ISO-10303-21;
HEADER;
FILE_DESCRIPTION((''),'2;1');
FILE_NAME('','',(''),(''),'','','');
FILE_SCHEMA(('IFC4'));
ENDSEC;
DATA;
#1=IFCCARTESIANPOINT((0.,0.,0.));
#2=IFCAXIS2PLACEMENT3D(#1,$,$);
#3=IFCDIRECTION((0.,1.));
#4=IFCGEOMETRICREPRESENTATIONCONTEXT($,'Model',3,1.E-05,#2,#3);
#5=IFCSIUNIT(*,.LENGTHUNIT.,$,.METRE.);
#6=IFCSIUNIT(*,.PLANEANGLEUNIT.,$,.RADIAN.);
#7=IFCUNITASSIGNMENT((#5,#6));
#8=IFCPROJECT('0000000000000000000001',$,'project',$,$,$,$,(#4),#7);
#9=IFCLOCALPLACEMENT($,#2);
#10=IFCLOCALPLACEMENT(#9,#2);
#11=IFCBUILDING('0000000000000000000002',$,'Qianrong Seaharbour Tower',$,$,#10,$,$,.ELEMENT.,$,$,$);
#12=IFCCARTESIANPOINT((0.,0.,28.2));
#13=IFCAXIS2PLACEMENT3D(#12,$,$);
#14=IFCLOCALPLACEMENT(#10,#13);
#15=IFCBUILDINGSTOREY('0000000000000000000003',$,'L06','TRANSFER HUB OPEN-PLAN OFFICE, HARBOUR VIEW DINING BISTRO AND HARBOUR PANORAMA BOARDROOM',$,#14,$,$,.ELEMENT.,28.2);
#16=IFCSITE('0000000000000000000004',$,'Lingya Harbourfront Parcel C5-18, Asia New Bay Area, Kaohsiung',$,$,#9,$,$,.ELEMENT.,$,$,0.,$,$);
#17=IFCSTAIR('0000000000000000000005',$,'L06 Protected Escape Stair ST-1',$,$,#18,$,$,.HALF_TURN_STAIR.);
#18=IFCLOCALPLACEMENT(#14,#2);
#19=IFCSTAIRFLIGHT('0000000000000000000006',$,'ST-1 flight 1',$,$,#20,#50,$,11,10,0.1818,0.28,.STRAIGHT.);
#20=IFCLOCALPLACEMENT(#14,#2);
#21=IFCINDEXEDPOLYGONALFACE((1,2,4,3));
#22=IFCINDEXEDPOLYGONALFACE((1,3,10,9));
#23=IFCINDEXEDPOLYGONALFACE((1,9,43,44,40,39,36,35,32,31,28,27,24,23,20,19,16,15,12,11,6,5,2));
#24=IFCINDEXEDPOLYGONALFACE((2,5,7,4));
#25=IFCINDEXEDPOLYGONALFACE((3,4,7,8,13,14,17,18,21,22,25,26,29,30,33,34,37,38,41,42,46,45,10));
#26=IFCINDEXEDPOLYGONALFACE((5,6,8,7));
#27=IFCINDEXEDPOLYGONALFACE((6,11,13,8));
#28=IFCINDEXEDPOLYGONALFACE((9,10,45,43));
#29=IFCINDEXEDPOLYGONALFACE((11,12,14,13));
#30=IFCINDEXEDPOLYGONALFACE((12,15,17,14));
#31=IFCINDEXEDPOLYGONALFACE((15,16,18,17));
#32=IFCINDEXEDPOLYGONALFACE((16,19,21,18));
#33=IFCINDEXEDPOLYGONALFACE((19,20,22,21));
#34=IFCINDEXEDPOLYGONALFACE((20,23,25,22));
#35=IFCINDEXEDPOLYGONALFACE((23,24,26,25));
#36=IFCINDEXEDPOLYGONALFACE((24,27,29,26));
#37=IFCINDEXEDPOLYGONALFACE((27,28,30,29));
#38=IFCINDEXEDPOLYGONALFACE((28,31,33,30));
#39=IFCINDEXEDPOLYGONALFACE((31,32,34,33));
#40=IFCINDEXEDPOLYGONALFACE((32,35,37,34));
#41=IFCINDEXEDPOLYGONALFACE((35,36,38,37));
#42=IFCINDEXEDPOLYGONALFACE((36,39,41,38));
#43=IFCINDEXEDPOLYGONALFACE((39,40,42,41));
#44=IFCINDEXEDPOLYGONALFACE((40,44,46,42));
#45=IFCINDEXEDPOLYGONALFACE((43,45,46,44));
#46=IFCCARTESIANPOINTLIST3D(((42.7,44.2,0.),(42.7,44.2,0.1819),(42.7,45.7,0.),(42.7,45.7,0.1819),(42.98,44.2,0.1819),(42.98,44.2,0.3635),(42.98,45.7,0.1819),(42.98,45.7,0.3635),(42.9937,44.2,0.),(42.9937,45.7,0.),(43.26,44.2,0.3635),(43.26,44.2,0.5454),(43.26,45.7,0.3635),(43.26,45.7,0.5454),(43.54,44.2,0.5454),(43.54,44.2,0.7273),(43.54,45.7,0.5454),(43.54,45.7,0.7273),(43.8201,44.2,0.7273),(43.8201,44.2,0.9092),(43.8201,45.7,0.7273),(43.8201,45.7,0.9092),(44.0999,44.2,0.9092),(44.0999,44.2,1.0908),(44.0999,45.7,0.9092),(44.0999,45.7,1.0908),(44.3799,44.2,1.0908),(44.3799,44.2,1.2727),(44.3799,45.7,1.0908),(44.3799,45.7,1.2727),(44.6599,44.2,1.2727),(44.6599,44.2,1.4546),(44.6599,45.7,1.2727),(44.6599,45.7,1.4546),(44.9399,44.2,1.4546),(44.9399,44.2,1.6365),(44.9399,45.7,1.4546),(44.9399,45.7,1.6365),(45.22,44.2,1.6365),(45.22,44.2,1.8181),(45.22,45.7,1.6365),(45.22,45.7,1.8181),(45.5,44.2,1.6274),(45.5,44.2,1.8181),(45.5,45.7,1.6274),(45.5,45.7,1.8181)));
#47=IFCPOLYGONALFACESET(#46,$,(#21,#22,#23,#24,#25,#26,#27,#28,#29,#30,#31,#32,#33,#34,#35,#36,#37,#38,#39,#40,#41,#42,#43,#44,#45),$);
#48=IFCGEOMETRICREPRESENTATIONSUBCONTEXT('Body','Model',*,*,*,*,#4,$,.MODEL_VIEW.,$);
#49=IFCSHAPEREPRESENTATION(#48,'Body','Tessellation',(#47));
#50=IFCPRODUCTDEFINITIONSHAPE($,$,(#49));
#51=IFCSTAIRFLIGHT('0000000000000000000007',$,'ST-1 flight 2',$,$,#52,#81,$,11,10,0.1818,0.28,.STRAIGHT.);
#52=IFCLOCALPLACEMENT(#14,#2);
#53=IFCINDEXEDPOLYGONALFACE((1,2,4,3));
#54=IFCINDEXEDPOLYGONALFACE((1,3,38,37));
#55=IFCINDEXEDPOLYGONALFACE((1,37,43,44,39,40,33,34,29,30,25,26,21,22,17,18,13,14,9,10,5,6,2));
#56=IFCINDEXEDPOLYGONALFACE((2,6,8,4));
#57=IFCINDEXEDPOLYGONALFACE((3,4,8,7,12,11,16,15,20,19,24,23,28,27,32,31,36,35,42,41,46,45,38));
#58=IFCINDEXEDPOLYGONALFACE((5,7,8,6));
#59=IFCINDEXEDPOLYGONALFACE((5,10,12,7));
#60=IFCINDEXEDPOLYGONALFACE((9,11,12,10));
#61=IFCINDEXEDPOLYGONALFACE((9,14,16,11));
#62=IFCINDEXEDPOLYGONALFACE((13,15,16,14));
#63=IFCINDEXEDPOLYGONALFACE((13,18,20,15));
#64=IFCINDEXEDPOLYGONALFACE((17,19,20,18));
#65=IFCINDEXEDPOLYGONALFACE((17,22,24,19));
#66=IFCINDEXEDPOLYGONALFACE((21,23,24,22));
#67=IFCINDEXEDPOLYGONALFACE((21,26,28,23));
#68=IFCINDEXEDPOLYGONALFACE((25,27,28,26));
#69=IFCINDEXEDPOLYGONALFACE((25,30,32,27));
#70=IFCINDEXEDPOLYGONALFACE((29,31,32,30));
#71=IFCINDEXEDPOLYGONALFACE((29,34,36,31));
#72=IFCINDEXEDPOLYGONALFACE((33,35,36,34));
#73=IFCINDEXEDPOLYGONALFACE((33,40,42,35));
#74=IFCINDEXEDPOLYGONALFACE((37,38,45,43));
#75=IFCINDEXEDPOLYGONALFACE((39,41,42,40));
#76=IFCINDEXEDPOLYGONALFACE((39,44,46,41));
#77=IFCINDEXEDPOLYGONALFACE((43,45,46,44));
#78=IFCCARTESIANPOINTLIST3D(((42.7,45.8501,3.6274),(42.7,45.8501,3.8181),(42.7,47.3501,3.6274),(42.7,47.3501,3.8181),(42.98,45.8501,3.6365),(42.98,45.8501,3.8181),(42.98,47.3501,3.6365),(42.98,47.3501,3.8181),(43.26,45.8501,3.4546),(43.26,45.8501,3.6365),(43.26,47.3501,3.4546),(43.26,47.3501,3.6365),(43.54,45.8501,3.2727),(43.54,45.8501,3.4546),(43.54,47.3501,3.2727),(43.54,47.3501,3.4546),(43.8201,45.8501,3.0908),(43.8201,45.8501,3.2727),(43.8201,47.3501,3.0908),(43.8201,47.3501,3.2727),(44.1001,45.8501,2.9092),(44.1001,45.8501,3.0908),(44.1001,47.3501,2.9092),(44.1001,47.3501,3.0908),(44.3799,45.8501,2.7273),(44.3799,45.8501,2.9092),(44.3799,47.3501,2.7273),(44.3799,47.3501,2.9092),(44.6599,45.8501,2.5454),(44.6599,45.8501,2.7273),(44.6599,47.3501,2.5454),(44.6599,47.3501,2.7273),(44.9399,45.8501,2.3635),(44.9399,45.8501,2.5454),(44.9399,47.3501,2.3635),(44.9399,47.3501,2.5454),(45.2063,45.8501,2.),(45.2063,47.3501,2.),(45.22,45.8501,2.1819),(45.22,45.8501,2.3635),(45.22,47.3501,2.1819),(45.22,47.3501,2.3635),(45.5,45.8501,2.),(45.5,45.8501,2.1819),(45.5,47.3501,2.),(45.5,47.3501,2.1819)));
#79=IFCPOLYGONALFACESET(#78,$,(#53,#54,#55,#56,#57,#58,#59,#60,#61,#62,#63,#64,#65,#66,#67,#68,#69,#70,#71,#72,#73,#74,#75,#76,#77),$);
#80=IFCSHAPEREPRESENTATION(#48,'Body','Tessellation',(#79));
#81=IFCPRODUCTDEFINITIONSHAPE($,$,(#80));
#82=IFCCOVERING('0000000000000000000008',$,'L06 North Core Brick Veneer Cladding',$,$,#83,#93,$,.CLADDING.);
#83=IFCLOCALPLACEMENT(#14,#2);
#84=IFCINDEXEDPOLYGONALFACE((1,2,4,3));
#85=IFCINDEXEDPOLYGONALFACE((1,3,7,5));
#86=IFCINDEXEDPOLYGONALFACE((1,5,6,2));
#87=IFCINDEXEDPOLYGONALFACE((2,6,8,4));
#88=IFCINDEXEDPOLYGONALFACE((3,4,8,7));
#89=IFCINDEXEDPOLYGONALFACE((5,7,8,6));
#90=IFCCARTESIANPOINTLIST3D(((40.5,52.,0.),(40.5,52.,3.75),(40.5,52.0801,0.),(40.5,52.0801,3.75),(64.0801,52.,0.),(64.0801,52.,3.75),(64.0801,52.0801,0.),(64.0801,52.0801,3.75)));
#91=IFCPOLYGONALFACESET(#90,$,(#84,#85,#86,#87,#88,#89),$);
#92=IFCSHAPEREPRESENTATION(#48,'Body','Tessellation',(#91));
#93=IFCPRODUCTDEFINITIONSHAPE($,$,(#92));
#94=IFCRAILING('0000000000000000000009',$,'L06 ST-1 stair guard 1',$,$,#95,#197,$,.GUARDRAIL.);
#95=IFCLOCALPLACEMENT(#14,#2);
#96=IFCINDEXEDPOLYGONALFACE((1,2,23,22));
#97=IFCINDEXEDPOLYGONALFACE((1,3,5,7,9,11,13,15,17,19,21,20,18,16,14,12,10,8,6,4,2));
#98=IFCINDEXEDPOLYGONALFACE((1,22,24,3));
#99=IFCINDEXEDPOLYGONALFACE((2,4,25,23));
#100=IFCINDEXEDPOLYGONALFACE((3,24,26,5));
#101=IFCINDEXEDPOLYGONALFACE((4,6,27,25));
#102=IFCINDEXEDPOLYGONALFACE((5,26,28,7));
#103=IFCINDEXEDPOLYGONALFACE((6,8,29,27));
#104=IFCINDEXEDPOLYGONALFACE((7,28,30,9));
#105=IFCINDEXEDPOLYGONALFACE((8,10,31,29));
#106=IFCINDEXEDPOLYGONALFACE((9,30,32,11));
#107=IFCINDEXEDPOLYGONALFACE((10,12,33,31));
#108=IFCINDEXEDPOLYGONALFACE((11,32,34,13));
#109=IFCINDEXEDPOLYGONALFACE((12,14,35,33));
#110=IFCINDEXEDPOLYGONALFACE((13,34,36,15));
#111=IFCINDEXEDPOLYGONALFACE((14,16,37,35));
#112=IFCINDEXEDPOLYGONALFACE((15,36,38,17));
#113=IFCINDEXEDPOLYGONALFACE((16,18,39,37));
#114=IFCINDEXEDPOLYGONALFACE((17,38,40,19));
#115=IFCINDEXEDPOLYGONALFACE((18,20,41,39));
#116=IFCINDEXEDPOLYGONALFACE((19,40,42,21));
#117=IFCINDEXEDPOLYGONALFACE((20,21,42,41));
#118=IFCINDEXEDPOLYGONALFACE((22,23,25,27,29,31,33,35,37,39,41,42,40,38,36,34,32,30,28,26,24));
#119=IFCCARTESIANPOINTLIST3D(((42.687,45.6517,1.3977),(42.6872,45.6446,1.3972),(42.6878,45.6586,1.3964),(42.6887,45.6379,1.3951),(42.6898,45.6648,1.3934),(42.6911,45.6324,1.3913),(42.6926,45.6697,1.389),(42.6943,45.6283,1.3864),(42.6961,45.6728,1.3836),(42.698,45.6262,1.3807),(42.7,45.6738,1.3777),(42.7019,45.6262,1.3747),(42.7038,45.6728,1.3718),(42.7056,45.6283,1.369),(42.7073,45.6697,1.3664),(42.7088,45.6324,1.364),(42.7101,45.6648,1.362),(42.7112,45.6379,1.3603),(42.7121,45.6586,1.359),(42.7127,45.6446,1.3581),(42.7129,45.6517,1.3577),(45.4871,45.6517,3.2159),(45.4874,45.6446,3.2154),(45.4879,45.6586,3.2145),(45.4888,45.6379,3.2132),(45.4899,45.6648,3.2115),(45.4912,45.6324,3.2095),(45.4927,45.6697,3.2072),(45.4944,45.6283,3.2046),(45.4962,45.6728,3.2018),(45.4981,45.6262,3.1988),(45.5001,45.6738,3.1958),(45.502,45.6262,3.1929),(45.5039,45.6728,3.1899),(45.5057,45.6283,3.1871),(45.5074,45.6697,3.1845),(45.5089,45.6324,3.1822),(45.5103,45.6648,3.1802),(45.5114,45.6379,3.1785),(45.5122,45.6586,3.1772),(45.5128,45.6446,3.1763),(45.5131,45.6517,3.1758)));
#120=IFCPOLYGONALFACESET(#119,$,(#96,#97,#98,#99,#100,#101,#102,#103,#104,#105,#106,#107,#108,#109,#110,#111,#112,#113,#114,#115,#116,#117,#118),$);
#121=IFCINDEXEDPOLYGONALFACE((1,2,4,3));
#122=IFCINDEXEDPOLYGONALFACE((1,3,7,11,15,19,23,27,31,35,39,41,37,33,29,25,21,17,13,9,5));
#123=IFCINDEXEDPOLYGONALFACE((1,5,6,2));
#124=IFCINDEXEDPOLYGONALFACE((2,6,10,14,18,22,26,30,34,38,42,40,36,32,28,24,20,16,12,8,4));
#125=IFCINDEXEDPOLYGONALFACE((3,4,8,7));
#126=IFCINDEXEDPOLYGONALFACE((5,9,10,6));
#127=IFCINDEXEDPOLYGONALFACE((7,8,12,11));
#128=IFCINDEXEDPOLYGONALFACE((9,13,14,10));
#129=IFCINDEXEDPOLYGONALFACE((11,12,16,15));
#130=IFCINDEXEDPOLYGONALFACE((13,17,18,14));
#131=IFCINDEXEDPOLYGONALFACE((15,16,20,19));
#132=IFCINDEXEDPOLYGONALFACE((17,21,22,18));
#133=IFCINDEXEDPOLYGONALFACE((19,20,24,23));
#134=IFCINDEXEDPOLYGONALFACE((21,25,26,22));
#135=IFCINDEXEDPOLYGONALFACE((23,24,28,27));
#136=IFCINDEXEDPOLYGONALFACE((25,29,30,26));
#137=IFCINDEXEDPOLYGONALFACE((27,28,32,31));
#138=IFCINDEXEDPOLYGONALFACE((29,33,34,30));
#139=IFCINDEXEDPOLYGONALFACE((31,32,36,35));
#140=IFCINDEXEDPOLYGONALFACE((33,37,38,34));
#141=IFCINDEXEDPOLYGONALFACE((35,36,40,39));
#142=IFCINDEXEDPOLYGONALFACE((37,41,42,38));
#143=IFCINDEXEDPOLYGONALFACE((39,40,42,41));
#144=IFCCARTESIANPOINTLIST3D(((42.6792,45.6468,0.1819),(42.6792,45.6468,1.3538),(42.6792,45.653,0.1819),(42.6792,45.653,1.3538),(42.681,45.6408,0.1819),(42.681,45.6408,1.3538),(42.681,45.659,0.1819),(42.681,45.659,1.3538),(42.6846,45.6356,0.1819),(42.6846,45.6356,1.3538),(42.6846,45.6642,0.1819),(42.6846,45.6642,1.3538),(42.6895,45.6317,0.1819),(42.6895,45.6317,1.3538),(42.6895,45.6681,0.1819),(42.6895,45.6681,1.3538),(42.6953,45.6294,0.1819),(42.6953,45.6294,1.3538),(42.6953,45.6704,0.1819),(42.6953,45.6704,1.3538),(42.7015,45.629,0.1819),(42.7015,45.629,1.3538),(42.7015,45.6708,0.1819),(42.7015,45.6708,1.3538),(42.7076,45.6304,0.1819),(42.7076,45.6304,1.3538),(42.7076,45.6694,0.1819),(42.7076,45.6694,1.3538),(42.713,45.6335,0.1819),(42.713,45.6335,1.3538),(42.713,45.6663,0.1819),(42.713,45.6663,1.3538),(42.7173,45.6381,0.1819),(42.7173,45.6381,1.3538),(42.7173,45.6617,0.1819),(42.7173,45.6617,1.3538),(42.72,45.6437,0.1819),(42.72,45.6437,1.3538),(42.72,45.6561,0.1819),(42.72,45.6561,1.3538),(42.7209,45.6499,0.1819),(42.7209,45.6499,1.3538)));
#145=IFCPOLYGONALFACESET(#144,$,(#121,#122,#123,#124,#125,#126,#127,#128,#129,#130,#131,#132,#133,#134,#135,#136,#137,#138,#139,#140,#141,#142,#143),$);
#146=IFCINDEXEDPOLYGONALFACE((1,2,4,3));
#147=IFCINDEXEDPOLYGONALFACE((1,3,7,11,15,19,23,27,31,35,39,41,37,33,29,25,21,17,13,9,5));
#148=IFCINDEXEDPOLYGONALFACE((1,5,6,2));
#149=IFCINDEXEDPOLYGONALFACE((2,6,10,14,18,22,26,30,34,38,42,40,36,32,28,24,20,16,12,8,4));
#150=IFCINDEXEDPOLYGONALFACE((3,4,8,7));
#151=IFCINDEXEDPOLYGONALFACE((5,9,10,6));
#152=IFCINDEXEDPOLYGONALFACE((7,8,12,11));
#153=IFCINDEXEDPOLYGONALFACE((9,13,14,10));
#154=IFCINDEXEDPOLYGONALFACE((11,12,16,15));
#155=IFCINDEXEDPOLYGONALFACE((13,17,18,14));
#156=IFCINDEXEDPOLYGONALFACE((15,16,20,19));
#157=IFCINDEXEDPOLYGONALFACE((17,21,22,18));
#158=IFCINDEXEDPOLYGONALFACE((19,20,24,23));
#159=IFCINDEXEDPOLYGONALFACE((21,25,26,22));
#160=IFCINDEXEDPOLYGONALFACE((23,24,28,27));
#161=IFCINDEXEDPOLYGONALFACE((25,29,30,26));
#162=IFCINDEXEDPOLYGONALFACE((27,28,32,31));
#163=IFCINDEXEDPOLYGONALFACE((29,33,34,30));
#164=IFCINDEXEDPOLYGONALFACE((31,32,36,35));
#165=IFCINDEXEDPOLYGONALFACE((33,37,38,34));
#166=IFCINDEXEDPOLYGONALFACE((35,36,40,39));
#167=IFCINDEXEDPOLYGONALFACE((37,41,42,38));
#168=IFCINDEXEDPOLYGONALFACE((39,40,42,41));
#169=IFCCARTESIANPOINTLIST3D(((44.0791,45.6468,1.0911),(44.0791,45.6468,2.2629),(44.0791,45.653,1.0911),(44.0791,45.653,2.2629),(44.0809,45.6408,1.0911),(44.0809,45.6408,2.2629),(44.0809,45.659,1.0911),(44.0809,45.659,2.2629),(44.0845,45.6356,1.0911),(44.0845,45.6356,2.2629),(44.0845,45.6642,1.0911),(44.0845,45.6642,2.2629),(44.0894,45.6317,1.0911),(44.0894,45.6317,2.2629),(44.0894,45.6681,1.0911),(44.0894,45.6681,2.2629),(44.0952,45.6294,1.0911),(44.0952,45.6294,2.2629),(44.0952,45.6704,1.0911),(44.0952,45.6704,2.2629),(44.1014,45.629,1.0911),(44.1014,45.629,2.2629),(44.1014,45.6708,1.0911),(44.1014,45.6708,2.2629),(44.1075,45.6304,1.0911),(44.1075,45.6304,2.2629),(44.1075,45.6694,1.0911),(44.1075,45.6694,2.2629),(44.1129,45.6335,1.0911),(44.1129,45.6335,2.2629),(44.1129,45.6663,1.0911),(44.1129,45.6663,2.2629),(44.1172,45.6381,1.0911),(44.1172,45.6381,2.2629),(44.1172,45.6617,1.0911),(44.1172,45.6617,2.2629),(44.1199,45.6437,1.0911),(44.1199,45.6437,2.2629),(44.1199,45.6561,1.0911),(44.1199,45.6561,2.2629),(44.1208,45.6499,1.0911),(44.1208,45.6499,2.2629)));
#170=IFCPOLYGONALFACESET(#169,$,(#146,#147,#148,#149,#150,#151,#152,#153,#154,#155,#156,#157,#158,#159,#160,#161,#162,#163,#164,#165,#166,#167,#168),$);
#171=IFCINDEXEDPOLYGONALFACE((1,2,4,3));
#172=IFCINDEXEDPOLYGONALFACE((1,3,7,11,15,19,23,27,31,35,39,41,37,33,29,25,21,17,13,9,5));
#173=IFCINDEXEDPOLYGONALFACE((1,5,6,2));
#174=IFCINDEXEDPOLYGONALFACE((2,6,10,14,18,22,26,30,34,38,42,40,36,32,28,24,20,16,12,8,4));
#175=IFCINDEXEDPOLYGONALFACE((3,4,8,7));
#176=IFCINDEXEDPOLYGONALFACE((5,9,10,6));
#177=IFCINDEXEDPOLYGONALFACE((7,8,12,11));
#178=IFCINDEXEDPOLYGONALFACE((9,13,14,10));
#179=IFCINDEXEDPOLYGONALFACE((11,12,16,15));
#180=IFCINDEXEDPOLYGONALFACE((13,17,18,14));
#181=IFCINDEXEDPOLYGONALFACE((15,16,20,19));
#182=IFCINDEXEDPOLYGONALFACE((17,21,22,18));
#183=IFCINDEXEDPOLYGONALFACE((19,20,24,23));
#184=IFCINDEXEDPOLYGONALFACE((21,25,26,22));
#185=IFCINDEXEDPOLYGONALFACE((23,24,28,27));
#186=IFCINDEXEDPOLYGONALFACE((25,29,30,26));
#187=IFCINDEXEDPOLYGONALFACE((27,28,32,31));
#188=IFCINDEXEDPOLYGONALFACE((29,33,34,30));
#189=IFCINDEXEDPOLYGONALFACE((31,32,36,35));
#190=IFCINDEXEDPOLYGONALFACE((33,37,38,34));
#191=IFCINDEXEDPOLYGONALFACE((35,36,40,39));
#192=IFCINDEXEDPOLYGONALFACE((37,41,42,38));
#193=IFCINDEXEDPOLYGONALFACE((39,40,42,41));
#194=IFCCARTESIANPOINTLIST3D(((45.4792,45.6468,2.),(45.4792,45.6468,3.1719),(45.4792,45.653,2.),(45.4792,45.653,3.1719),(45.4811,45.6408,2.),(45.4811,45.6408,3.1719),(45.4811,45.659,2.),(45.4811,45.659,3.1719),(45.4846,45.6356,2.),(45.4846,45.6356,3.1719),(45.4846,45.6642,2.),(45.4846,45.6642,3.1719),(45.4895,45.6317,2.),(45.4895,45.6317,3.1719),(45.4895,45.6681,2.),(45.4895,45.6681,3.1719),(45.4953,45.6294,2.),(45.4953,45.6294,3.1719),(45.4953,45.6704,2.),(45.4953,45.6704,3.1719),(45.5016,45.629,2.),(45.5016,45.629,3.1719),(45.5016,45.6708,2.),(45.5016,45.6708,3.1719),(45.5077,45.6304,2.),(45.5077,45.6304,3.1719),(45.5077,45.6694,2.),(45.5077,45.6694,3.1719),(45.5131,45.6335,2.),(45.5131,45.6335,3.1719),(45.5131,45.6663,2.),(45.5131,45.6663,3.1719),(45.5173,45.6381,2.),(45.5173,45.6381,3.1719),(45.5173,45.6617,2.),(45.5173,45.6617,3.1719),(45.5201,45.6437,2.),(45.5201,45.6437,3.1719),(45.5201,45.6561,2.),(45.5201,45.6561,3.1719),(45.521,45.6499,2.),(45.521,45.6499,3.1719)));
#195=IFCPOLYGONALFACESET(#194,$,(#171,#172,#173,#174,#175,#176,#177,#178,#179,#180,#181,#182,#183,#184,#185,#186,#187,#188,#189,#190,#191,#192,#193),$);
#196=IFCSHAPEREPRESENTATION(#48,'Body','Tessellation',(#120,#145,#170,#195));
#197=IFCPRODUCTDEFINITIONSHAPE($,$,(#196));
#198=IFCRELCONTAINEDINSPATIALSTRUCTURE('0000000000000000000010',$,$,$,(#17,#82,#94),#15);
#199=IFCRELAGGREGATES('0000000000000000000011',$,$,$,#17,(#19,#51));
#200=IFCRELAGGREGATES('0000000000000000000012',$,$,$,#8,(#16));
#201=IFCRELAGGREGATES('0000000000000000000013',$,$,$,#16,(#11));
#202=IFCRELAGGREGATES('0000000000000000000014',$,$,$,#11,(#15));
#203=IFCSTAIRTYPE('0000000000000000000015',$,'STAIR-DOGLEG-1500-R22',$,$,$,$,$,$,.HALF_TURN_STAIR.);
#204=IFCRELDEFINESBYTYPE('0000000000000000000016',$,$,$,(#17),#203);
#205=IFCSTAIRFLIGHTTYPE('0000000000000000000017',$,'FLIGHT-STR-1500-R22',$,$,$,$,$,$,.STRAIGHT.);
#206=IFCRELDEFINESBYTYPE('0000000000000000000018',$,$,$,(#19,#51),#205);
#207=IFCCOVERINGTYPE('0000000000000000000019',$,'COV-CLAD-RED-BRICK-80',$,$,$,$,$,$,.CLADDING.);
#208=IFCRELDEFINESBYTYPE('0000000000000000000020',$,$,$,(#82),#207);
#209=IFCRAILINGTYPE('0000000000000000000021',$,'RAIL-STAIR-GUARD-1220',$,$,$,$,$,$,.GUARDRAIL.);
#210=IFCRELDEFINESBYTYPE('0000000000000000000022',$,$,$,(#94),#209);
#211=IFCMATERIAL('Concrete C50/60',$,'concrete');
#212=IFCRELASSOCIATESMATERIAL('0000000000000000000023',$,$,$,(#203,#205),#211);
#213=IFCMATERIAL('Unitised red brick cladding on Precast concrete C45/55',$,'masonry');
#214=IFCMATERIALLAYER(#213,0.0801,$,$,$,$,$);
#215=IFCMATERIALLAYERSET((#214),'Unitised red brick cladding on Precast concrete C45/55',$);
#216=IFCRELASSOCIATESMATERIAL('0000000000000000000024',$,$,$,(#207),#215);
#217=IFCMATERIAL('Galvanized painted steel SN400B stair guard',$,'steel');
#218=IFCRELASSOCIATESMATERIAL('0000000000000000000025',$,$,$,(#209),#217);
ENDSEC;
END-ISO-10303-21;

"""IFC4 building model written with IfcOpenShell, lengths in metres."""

from ifc_helpers import new_model, si_unit, direction, frame, origin, origin_2d, place, context, subcontext, project, spatial, polyline, rectangle, circle, outline, extrude, material, layer, layer_set, type_object, element, aggregate, save


model = new_model("IFC4")

# Units and contexts
model_context = context("Model", 3, precision=1e-05, world=origin(), true_north=direction((0.0, 1.0)))
body_context = subcontext(model_context, "Body", "Model", "MODEL_VIEW")
ifc_project = project(units=[si_unit("LENGTHUNIT", "METRE"), si_unit("PLANEANGLEUNIT", "RADIAN")], contexts=[model_context])

# Site, building, storey
site_placement = place(None, origin())
site = spatial("IfcSite", under=ifc_project, at=site_placement, Name="Lingya Harbourfront Parcel C5-18, Asia New Bay Area, Kaohsiung", CompositionType="ELEMENT", RefElevation=0.0)
building_placement = place(site_placement, origin())
building = spatial("IfcBuilding", under=site, at=building_placement, Name="Qianrong Seaharbour Tower", CompositionType="ELEMENT")
storey_placement = place(building_placement, frame((0.0, 0.0, 28.2)))
storey = spatial("IfcBuildingStorey", under=building, at=storey_placement, Name="L06", Description="TRANSFER HUB OPEN-PLAN OFFICE, HARBOUR VIEW DINING BISTRO AND HARBOUR PANORAMA BOARDROOM", CompositionType="ELEMENT", Elevation=28.2)

# Shared definitions
ifc_material_1 = material(Name="Concrete C50/60", Category="concrete")

# Stair, stair flights
stair_type = type_object("IfcStairType", Name="STAIR-DOGLEG-1500-R22", PredefinedType="HALF_TURN_STAIR", material=ifc_material_1)
stair_placement = place(storey_placement, origin())
stair = element("IfcStair", 1, at=stair_placement, inside=storey, type_object=stair_type, Name="L06 Protected Escape Stair ST-1", PredefinedType="HALF_TURN_STAIR")
stair_flight_type = type_object("IfcStairFlightType", Name="FLIGHT-STR-1500-R22", PredefinedType="STRAIGHT", material=ifc_material_1)
stair_flight_1_placement = place(storey_placement, frame((42.7, 44.95, 0.0), z_axis=(0.0, 0.0, 1.0), x_axis=(1.0, 0.0, 0.0)))
stair_flight_1 = element("IfcStairFlight", 2, at=stair_flight_1_placement, type_object=stair_flight_type, Name="ST-1 flight 1", NumberOfRisers=11, NumberOfTreads=10, PredefinedType="STRAIGHT", RiserHeight=0.1818, TreadLength=0.28, context=body_context, shape_type="SweptSolid", body=[
    extrude(outline(polyline([(0.0, 0.0), (0.0, 0.1819), (0.28, 0.1819), (0.28, 0.3635), (0.5601, 0.3635), (0.5601, 0.5454), (0.8401, 0.5454), (0.8401, 0.7273), (1.1201, 0.7273), (1.1201, 0.9092), (1.3999, 0.9092), (1.3999, 1.0908), (1.6799, 1.0908), (1.6799, 1.2727), (1.96, 1.2727), (1.96, 1.4546), (2.24, 1.4546), (2.24, 1.6365), (2.52, 1.6365), (2.52, 1.8181), (2.8, 1.8181), (2.8, 2.0), (2.8, 1.6274), (0.2937, 0.0), (0.0, 0.0)])), frame((0.0, 0.75, 0.0), z_axis=(0.0, -1.0, 0.0), x_axis=(1.0, 0.0, 0.0)), (0.0, 0.0, 1.0), 1.5),
])
stair_flight_2_placement = place(storey_placement, frame((45.5, 46.6001, 2.0), z_axis=(0.0, 0.0, 1.0), x_axis=(-1.0, 0.0, 0.0)))
stair_flight_2 = element("IfcStairFlight", 3, at=stair_flight_2_placement, type_object=stair_flight_type, Name="ST-1 flight 2", NumberOfRisers=11, NumberOfTreads=10, PredefinedType="STRAIGHT", RiserHeight=0.1818, TreadLength=0.28, context=body_context, shape_type="SweptSolid", body=[
    extrude(outline(polyline([(0.0, 0.0), (0.0, 0.1819), (0.28, 0.1819), (0.28, 0.3635), (0.5601, 0.3635), (0.5601, 0.5454), (0.8401, 0.5454), (0.8401, 0.7273), (1.1201, 0.7273), (1.1201, 0.9092), (1.3999, 0.9092), (1.3999, 1.0908), (1.6799, 1.0908), (1.6799, 1.2727), (1.96, 1.2727), (1.96, 1.4546), (2.24, 1.4546), (2.24, 1.6365), (2.52, 1.6365), (2.52, 1.8181), (2.8, 1.8181), (2.8, 2.0), (2.8, 1.6274), (0.2937, 0.0), (0.0, 0.0)])), frame((0.0, 0.75, 0.0), z_axis=(0.0, -1.0, 0.0), x_axis=(1.0, 0.0, 0.0)), (0.0, 0.0, 1.0), 1.5),
])
aggregate(stair, [stair_flight_1, stair_flight_2])

# Covering
ifc_material_2 = material(Name="Unitised red brick cladding on Precast concrete C45/55", Category="masonry")
ifc_layer_1 = layer(ifc_material_2, 0.0801)
ifc_layer_set_1 = layer_set([ifc_layer_1], Name="Unitised red brick cladding on Precast concrete C45/55")
covering_type = type_object("IfcCoveringType", Name="COV-CLAD-RED-BRICK-80", PredefinedType="CLADDING", material=ifc_layer_set_1)
covering_placement = place(storey_placement, frame((52.29, 52.04, 0.0), z_axis=(0.0, 0.0, 1.0), x_axis=(1.0, 0.0, 0.0)))
element("IfcCovering", 4, at=covering_placement, inside=storey, type_object=covering_type, Name="L06 North Core Brick Veneer Cladding", PredefinedType="CLADDING", context=body_context, shape_type="SweptSolid", body=[
    extrude(rectangle(XDim=23.5801, YDim=0.0801, at=origin_2d()), origin(), (0.0, 0.0, 1.0), 3.75),
])

# Railing
ifc_material_3 = material(Name="Galvanized painted steel SN400B stair guard", Category="steel")
railing_type_1 = type_object("IfcRailingType", Name="RAIL-STAIR-GUARD-1220", PredefinedType="GUARDRAIL", material=ifc_material_3)
railing_1_placement = place(storey_placement, frame((42.7, 45.6499, 0.1819)))
element("IfcRailing", 5, at=railing_1_placement, inside=storey, type_object=railing_type_1, Name="L06 ST-1 stair guard 1", PredefinedType="GUARDRAIL", context=body_context, shape_type="SweptSolid", body=[
    extrude(circle(Radius=0.0239, at=origin_2d()), frame((0.0, 0.0, 1.1958), z_axis=(0.838706, 0.0, 0.544585), x_axis=(0.0, 1.0, 0.0)), (0.0, 0.0, 1.0), 3.3386),
    extrude(circle(Radius=0.021, at=origin_2d()), origin(), (0.0, 0.0, 1.0), 1.1719),
    extrude(circle(Radius=0.021, at=origin_2d()), frame((1.3999, 0.0, 0.9092)), (0.0, 0.0, 1.0), 1.1719),
    extrude(circle(Radius=0.021, at=origin_2d()), frame((2.8, 0.0, 1.8181)), (0.0, 0.0, 1.0), 1.1719),
])

save(model, "model.ifc")
